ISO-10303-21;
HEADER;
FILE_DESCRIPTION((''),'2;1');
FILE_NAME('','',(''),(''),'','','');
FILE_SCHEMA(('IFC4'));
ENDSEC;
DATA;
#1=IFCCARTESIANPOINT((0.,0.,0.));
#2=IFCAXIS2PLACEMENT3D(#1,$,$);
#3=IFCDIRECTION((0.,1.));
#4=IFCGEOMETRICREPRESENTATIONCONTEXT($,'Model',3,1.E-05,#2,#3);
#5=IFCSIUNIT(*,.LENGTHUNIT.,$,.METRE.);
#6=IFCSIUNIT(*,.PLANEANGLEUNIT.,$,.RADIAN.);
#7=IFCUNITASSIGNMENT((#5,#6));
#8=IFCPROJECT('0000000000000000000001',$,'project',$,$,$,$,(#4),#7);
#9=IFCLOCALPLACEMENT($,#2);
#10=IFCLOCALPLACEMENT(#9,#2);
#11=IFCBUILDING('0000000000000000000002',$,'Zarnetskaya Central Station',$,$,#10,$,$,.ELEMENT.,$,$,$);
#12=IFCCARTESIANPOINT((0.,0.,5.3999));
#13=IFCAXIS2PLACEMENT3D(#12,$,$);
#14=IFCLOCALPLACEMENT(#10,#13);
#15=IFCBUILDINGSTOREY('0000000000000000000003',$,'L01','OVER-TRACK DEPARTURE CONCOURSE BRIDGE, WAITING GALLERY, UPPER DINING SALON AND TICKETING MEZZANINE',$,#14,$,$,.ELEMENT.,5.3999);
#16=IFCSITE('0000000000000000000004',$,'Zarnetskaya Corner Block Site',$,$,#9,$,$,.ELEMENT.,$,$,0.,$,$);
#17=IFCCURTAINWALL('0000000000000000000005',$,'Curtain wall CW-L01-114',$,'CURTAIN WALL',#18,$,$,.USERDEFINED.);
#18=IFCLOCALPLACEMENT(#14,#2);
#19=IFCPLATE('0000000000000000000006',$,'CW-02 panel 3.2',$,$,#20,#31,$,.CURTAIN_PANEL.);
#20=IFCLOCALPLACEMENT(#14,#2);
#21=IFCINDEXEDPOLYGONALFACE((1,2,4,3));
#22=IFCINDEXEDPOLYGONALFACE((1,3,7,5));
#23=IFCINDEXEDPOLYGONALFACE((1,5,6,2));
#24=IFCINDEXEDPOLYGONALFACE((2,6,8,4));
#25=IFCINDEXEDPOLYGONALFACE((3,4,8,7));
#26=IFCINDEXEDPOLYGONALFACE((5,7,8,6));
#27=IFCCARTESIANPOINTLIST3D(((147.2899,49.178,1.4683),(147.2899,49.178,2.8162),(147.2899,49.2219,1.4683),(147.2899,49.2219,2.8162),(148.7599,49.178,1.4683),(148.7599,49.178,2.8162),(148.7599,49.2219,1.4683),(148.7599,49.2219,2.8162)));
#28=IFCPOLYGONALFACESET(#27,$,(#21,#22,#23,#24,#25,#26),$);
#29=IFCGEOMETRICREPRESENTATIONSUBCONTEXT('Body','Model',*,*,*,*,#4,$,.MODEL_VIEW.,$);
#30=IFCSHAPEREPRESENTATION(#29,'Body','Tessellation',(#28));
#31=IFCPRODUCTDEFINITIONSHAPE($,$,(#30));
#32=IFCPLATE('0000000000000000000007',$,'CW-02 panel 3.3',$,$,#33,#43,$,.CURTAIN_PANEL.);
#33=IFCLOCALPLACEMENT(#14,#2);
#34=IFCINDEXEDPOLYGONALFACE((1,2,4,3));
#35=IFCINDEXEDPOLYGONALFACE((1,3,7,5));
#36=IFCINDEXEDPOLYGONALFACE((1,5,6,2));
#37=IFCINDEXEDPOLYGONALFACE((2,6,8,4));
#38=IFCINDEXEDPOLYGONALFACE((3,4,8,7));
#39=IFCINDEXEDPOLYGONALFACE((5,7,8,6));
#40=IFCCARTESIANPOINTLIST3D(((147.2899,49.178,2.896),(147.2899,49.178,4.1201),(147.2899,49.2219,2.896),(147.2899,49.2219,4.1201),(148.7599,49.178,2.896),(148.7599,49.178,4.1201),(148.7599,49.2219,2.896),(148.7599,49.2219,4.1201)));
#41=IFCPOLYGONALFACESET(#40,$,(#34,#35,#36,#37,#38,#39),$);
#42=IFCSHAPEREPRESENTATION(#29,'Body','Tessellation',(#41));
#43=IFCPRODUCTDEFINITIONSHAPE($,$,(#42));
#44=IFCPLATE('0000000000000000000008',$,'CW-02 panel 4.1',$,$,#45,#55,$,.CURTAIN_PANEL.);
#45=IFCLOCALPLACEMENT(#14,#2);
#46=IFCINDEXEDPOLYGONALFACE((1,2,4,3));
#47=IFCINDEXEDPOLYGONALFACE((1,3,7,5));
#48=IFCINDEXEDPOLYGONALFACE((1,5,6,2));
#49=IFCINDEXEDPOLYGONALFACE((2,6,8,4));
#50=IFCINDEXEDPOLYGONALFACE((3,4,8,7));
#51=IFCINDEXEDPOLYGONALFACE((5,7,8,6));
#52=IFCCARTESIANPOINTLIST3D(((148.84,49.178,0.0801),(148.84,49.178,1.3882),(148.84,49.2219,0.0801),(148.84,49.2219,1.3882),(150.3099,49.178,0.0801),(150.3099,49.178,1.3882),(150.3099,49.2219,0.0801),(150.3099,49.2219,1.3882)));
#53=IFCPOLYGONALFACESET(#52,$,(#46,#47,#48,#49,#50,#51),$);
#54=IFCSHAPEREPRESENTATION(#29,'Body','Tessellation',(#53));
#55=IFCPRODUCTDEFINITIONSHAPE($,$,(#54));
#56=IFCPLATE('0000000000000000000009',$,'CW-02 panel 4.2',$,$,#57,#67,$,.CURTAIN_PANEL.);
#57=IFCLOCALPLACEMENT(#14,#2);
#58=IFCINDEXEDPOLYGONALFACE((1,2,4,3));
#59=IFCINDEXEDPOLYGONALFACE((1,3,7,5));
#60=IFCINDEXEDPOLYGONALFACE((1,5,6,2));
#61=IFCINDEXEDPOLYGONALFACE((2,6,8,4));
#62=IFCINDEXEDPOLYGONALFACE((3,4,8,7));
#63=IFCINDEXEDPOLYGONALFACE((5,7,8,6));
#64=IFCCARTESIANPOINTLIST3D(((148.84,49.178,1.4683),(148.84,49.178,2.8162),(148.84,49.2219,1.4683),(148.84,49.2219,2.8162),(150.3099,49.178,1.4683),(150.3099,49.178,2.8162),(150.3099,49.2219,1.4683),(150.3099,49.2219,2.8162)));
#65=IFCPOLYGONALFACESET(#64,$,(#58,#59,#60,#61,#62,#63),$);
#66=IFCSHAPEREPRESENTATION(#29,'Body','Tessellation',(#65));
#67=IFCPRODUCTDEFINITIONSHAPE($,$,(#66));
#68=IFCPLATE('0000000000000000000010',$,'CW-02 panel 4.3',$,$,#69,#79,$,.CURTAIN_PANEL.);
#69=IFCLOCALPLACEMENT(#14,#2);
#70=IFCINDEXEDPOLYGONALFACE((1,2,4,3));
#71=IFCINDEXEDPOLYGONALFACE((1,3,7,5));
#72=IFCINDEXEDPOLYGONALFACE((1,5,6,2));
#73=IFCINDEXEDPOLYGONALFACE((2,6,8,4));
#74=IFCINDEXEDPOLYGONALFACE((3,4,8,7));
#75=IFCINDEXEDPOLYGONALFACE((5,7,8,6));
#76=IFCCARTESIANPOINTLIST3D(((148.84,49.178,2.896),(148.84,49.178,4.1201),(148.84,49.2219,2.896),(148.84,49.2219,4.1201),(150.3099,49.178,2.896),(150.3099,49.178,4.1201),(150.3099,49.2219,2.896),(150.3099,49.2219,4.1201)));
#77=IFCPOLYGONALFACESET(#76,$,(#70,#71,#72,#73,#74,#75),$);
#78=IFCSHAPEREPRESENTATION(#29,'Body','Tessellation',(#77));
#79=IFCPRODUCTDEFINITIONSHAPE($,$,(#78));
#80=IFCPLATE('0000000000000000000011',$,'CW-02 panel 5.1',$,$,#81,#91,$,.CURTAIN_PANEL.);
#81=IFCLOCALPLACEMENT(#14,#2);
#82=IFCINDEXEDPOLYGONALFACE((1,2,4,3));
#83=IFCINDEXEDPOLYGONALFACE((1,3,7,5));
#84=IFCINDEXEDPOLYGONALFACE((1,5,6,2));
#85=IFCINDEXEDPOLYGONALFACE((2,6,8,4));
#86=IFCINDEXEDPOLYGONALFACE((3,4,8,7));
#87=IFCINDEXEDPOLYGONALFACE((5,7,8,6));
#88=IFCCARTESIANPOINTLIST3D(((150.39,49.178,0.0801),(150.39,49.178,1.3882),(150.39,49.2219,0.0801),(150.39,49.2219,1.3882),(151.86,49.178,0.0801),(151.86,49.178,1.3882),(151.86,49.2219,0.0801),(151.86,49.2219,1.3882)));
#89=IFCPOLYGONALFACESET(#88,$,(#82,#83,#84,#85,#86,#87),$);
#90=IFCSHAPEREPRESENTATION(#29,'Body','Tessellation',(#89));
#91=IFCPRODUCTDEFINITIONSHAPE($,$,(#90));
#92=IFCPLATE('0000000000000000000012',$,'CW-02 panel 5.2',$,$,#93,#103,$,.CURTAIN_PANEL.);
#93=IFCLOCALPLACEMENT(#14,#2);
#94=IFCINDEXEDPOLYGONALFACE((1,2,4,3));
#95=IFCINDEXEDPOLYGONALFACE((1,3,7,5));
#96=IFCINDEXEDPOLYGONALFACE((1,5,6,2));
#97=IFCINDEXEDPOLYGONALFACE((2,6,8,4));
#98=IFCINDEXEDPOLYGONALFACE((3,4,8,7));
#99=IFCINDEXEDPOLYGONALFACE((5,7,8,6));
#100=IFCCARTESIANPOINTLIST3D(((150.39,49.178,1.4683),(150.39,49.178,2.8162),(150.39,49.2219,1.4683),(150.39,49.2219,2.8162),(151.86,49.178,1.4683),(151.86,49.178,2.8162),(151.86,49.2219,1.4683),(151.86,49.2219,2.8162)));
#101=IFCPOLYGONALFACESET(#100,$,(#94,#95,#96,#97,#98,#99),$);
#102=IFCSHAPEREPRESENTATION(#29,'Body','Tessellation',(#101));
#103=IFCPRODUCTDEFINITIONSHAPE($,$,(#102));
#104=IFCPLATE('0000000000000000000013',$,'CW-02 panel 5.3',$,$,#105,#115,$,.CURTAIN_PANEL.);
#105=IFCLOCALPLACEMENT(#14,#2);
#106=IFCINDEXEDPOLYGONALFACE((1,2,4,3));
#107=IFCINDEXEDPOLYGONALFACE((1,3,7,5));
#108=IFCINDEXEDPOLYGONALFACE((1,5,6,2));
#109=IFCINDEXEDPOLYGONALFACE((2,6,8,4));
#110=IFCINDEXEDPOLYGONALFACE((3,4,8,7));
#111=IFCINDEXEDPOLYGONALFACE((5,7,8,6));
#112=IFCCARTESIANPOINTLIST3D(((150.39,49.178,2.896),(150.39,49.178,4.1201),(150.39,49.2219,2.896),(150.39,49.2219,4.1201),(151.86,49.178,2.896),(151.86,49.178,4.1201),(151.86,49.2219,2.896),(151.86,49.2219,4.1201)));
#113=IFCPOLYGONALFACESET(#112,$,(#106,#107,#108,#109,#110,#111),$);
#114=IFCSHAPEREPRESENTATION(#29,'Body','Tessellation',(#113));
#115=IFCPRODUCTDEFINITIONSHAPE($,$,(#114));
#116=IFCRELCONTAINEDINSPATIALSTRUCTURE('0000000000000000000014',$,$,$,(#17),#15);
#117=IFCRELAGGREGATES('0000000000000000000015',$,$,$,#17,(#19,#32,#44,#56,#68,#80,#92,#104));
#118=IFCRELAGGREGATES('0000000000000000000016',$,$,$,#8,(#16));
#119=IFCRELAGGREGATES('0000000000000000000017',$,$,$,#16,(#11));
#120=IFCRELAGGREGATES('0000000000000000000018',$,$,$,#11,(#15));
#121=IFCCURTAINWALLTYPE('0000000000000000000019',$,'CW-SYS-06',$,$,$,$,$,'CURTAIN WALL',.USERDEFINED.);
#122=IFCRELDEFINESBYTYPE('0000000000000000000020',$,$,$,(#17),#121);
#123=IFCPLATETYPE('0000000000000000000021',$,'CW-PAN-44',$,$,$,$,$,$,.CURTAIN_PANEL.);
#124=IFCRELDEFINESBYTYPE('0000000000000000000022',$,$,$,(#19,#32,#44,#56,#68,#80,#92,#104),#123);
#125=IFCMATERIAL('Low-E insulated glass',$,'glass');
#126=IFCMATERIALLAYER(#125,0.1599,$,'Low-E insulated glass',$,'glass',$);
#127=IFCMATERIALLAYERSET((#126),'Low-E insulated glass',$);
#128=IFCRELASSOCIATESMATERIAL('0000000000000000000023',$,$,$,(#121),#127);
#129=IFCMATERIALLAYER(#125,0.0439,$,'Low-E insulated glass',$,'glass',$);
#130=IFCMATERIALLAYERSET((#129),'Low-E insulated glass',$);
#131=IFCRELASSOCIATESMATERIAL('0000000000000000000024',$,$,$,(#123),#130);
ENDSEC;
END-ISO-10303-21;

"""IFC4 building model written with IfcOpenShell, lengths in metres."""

from ifc_helpers import new_model, si_unit, direction, frame, origin, origin_2d, place, context, subcontext, project, spatial, rectangle, extrude, material, layer, layer_set, type_object, element, aggregate, save


model = new_model("IFC4")

# Units and contexts
model_context = context("Model", 3, precision=1e-05, world=origin(), true_north=direction((0.0, 1.0)))
body_context = subcontext(model_context, "Body", "Model", "MODEL_VIEW")
ifc_project = project(units=[si_unit("LENGTHUNIT", "METRE"), si_unit("PLANEANGLEUNIT", "RADIAN")], contexts=[model_context])

# Site, building, storey
site_placement = place(None, origin())
site = spatial("IfcSite", under=ifc_project, at=site_placement, Name="Zarnetskaya Corner Block Site", CompositionType="ELEMENT", RefElevation=0.0)
building_placement = place(site_placement, origin())
building = spatial("IfcBuilding", under=site, at=building_placement, Name="Zarnetskaya Central Station", CompositionType="ELEMENT")
storey_placement = place(building_placement, frame((0.0, 0.0, 5.3999)))
storey = spatial("IfcBuildingStorey", under=building, at=storey_placement, Name="L01", Description="OVER-TRACK DEPARTURE CONCOURSE BRIDGE, WAITING GALLERY, UPPER DINING SALON AND TICKETING MEZZANINE", CompositionType="ELEMENT", Elevation=5.3999)

# Curtain wall, plates
ifc_material_1 = material(Name="Low-E insulated glass", Category="glass")
ifc_layer_1 = layer(ifc_material_1, 0.1599, Name="Low-E insulated glass", Category="glass")
ifc_layer_set_1 = layer_set([ifc_layer_1], Name="Low-E insulated glass")
curtain_wall_type = type_object("IfcCurtainWallType", Name="CW-SYS-06", ElementType="CURTAIN WALL", PredefinedType="USERDEFINED", material=ifc_layer_set_1)
curtain_wall_placement = place(storey_placement, origin())
curtain_wall = element("IfcCurtainWall", 1, at=curtain_wall_placement, inside=storey, type_object=curtain_wall_type, Name="Curtain wall CW-L01-114", ObjectType="CURTAIN WALL", PredefinedType="USERDEFINED")
ifc_layer_2 = layer(ifc_material_1, 0.0439, Name="Low-E insulated glass", Category="glass")
ifc_layer_set_2 = layer_set([ifc_layer_2], Name="Low-E insulated glass")
plate_type = type_object("IfcPlateType", Name="CW-PAN-44", PredefinedType="CURTAIN_PANEL", material=ifc_layer_set_2)
plate_1_placement = place(storey_placement, frame((148.0249, 49.2, 1.4683), z_axis=(0.0, 0.0, 1.0), x_axis=(1.0, 0.0, 0.0)))
plate_1 = element("IfcPlate", 2, at=plate_1_placement, type_object=plate_type, Name="CW-02 panel 3.2", PredefinedType="CURTAIN_PANEL", context=body_context, shape_type="SweptSolid", body=[
    extrude(rectangle(XDim=1.47, YDim=0.0439, at=origin_2d()), origin(), (0.0, 0.0, 1.0), 1.3479),
])
plate_2_placement = place(storey_placement, frame((148.0249, 49.2, 2.896), z_axis=(0.0, 0.0, 1.0), x_axis=(1.0, 0.0, 0.0)))
plate_2 = element("IfcPlate", 3, at=plate_2_placement, type_object=plate_type, Name="CW-02 panel 3.3", PredefinedType="CURTAIN_PANEL", context=body_context, shape_type="SweptSolid", body=[
    extrude(rectangle(XDim=1.47, YDim=0.0439, at=origin_2d()), origin(), (0.0, 0.0, 1.0), 1.2241),
])
plate_3_placement = place(storey_placement, frame((149.575, 49.2, 0.0801), z_axis=(0.0, 0.0, 1.0), x_axis=(1.0, 0.0, 0.0)))
plate_3 = element("IfcPlate", 4, at=plate_3_placement, type_object=plate_type, Name="CW-02 panel 4.1", PredefinedType="CURTAIN_PANEL", context=body_context, shape_type="SweptSolid", body=[
    extrude(rectangle(XDim=1.47, YDim=0.0439, at=origin_2d()), origin(), (0.0, 0.0, 1.0), 1.3081),
])
plate_4_placement = place(storey_placement, frame((149.575, 49.2, 1.4683), z_axis=(0.0, 0.0, 1.0), x_axis=(1.0, 0.0, 0.0)))
plate_4 = element("IfcPlate", 5, at=plate_4_placement, type_object=plate_type, Name="CW-02 panel 4.2", PredefinedType="CURTAIN_PANEL", context=body_context, shape_type="SweptSolid", body=[
    extrude(rectangle(XDim=1.47, YDim=0.0439, at=origin_2d()), origin(), (0.0, 0.0, 1.0), 1.3479),
])
plate_5_placement = place(storey_placement, frame((149.575, 49.2, 2.896), z_axis=(0.0, 0.0, 1.0), x_axis=(1.0, 0.0, 0.0)))
plate_5 = element("IfcPlate", 6, at=plate_5_placement, type_object=plate_type, Name="CW-02 panel 4.3", PredefinedType="CURTAIN_PANEL", context=body_context, shape_type="SweptSolid", body=[
    extrude(rectangle(XDim=1.47, YDim=0.0439, at=origin_2d()), origin(), (0.0, 0.0, 1.0), 1.2241),
])
plate_6_placement = place(storey_placement, frame((151.125, 49.2, 0.0801), z_axis=(0.0, 0.0, 1.0), x_axis=(1.0, 0.0, 0.0)))
plate_6 = element("IfcPlate", 7, at=plate_6_placement, type_object=plate_type, Name="CW-02 panel 5.1", PredefinedType="CURTAIN_PANEL", context=body_context, shape_type="SweptSolid", body=[
    extrude(rectangle(XDim=1.47, YDim=0.0439, at=origin_2d()), origin(), (0.0, 0.0, 1.0), 1.3081),
])
plate_7_placement = place(storey_placement, frame((151.125, 49.2, 1.4683), z_axis=(0.0, 0.0, 1.0), x_axis=(1.0, 0.0, 0.0)))
plate_7 = element("IfcPlate", 8, at=plate_7_placement, type_object=plate_type, Name="CW-02 panel 5.2", PredefinedType="CURTAIN_PANEL", context=body_context, shape_type="SweptSolid", body=[
    extrude(rectangle(XDim=1.47, YDim=0.0439, at=origin_2d()), origin(), (0.0, 0.0, 1.0), 1.3479),
])
plate_8_placement = place(storey_placement, frame((151.125, 49.2, 2.896), z_axis=(0.0, 0.0, 1.0), x_axis=(1.0, 0.0, 0.0)))
plate_8 = element("IfcPlate", 9, at=plate_8_placement, type_object=plate_type, Name="CW-02 panel 5.3", PredefinedType="CURTAIN_PANEL", context=body_context, shape_type="SweptSolid", body=[
    extrude(rectangle(XDim=1.47, YDim=0.0439, at=origin_2d()), origin(), (0.0, 0.0, 1.0), 1.2241),
])
aggregate(curtain_wall, [plate_1, plate_2, plate_3, plate_4, plate_5, plate_6, plate_7, plate_8])

save(model, "model.ifc")
